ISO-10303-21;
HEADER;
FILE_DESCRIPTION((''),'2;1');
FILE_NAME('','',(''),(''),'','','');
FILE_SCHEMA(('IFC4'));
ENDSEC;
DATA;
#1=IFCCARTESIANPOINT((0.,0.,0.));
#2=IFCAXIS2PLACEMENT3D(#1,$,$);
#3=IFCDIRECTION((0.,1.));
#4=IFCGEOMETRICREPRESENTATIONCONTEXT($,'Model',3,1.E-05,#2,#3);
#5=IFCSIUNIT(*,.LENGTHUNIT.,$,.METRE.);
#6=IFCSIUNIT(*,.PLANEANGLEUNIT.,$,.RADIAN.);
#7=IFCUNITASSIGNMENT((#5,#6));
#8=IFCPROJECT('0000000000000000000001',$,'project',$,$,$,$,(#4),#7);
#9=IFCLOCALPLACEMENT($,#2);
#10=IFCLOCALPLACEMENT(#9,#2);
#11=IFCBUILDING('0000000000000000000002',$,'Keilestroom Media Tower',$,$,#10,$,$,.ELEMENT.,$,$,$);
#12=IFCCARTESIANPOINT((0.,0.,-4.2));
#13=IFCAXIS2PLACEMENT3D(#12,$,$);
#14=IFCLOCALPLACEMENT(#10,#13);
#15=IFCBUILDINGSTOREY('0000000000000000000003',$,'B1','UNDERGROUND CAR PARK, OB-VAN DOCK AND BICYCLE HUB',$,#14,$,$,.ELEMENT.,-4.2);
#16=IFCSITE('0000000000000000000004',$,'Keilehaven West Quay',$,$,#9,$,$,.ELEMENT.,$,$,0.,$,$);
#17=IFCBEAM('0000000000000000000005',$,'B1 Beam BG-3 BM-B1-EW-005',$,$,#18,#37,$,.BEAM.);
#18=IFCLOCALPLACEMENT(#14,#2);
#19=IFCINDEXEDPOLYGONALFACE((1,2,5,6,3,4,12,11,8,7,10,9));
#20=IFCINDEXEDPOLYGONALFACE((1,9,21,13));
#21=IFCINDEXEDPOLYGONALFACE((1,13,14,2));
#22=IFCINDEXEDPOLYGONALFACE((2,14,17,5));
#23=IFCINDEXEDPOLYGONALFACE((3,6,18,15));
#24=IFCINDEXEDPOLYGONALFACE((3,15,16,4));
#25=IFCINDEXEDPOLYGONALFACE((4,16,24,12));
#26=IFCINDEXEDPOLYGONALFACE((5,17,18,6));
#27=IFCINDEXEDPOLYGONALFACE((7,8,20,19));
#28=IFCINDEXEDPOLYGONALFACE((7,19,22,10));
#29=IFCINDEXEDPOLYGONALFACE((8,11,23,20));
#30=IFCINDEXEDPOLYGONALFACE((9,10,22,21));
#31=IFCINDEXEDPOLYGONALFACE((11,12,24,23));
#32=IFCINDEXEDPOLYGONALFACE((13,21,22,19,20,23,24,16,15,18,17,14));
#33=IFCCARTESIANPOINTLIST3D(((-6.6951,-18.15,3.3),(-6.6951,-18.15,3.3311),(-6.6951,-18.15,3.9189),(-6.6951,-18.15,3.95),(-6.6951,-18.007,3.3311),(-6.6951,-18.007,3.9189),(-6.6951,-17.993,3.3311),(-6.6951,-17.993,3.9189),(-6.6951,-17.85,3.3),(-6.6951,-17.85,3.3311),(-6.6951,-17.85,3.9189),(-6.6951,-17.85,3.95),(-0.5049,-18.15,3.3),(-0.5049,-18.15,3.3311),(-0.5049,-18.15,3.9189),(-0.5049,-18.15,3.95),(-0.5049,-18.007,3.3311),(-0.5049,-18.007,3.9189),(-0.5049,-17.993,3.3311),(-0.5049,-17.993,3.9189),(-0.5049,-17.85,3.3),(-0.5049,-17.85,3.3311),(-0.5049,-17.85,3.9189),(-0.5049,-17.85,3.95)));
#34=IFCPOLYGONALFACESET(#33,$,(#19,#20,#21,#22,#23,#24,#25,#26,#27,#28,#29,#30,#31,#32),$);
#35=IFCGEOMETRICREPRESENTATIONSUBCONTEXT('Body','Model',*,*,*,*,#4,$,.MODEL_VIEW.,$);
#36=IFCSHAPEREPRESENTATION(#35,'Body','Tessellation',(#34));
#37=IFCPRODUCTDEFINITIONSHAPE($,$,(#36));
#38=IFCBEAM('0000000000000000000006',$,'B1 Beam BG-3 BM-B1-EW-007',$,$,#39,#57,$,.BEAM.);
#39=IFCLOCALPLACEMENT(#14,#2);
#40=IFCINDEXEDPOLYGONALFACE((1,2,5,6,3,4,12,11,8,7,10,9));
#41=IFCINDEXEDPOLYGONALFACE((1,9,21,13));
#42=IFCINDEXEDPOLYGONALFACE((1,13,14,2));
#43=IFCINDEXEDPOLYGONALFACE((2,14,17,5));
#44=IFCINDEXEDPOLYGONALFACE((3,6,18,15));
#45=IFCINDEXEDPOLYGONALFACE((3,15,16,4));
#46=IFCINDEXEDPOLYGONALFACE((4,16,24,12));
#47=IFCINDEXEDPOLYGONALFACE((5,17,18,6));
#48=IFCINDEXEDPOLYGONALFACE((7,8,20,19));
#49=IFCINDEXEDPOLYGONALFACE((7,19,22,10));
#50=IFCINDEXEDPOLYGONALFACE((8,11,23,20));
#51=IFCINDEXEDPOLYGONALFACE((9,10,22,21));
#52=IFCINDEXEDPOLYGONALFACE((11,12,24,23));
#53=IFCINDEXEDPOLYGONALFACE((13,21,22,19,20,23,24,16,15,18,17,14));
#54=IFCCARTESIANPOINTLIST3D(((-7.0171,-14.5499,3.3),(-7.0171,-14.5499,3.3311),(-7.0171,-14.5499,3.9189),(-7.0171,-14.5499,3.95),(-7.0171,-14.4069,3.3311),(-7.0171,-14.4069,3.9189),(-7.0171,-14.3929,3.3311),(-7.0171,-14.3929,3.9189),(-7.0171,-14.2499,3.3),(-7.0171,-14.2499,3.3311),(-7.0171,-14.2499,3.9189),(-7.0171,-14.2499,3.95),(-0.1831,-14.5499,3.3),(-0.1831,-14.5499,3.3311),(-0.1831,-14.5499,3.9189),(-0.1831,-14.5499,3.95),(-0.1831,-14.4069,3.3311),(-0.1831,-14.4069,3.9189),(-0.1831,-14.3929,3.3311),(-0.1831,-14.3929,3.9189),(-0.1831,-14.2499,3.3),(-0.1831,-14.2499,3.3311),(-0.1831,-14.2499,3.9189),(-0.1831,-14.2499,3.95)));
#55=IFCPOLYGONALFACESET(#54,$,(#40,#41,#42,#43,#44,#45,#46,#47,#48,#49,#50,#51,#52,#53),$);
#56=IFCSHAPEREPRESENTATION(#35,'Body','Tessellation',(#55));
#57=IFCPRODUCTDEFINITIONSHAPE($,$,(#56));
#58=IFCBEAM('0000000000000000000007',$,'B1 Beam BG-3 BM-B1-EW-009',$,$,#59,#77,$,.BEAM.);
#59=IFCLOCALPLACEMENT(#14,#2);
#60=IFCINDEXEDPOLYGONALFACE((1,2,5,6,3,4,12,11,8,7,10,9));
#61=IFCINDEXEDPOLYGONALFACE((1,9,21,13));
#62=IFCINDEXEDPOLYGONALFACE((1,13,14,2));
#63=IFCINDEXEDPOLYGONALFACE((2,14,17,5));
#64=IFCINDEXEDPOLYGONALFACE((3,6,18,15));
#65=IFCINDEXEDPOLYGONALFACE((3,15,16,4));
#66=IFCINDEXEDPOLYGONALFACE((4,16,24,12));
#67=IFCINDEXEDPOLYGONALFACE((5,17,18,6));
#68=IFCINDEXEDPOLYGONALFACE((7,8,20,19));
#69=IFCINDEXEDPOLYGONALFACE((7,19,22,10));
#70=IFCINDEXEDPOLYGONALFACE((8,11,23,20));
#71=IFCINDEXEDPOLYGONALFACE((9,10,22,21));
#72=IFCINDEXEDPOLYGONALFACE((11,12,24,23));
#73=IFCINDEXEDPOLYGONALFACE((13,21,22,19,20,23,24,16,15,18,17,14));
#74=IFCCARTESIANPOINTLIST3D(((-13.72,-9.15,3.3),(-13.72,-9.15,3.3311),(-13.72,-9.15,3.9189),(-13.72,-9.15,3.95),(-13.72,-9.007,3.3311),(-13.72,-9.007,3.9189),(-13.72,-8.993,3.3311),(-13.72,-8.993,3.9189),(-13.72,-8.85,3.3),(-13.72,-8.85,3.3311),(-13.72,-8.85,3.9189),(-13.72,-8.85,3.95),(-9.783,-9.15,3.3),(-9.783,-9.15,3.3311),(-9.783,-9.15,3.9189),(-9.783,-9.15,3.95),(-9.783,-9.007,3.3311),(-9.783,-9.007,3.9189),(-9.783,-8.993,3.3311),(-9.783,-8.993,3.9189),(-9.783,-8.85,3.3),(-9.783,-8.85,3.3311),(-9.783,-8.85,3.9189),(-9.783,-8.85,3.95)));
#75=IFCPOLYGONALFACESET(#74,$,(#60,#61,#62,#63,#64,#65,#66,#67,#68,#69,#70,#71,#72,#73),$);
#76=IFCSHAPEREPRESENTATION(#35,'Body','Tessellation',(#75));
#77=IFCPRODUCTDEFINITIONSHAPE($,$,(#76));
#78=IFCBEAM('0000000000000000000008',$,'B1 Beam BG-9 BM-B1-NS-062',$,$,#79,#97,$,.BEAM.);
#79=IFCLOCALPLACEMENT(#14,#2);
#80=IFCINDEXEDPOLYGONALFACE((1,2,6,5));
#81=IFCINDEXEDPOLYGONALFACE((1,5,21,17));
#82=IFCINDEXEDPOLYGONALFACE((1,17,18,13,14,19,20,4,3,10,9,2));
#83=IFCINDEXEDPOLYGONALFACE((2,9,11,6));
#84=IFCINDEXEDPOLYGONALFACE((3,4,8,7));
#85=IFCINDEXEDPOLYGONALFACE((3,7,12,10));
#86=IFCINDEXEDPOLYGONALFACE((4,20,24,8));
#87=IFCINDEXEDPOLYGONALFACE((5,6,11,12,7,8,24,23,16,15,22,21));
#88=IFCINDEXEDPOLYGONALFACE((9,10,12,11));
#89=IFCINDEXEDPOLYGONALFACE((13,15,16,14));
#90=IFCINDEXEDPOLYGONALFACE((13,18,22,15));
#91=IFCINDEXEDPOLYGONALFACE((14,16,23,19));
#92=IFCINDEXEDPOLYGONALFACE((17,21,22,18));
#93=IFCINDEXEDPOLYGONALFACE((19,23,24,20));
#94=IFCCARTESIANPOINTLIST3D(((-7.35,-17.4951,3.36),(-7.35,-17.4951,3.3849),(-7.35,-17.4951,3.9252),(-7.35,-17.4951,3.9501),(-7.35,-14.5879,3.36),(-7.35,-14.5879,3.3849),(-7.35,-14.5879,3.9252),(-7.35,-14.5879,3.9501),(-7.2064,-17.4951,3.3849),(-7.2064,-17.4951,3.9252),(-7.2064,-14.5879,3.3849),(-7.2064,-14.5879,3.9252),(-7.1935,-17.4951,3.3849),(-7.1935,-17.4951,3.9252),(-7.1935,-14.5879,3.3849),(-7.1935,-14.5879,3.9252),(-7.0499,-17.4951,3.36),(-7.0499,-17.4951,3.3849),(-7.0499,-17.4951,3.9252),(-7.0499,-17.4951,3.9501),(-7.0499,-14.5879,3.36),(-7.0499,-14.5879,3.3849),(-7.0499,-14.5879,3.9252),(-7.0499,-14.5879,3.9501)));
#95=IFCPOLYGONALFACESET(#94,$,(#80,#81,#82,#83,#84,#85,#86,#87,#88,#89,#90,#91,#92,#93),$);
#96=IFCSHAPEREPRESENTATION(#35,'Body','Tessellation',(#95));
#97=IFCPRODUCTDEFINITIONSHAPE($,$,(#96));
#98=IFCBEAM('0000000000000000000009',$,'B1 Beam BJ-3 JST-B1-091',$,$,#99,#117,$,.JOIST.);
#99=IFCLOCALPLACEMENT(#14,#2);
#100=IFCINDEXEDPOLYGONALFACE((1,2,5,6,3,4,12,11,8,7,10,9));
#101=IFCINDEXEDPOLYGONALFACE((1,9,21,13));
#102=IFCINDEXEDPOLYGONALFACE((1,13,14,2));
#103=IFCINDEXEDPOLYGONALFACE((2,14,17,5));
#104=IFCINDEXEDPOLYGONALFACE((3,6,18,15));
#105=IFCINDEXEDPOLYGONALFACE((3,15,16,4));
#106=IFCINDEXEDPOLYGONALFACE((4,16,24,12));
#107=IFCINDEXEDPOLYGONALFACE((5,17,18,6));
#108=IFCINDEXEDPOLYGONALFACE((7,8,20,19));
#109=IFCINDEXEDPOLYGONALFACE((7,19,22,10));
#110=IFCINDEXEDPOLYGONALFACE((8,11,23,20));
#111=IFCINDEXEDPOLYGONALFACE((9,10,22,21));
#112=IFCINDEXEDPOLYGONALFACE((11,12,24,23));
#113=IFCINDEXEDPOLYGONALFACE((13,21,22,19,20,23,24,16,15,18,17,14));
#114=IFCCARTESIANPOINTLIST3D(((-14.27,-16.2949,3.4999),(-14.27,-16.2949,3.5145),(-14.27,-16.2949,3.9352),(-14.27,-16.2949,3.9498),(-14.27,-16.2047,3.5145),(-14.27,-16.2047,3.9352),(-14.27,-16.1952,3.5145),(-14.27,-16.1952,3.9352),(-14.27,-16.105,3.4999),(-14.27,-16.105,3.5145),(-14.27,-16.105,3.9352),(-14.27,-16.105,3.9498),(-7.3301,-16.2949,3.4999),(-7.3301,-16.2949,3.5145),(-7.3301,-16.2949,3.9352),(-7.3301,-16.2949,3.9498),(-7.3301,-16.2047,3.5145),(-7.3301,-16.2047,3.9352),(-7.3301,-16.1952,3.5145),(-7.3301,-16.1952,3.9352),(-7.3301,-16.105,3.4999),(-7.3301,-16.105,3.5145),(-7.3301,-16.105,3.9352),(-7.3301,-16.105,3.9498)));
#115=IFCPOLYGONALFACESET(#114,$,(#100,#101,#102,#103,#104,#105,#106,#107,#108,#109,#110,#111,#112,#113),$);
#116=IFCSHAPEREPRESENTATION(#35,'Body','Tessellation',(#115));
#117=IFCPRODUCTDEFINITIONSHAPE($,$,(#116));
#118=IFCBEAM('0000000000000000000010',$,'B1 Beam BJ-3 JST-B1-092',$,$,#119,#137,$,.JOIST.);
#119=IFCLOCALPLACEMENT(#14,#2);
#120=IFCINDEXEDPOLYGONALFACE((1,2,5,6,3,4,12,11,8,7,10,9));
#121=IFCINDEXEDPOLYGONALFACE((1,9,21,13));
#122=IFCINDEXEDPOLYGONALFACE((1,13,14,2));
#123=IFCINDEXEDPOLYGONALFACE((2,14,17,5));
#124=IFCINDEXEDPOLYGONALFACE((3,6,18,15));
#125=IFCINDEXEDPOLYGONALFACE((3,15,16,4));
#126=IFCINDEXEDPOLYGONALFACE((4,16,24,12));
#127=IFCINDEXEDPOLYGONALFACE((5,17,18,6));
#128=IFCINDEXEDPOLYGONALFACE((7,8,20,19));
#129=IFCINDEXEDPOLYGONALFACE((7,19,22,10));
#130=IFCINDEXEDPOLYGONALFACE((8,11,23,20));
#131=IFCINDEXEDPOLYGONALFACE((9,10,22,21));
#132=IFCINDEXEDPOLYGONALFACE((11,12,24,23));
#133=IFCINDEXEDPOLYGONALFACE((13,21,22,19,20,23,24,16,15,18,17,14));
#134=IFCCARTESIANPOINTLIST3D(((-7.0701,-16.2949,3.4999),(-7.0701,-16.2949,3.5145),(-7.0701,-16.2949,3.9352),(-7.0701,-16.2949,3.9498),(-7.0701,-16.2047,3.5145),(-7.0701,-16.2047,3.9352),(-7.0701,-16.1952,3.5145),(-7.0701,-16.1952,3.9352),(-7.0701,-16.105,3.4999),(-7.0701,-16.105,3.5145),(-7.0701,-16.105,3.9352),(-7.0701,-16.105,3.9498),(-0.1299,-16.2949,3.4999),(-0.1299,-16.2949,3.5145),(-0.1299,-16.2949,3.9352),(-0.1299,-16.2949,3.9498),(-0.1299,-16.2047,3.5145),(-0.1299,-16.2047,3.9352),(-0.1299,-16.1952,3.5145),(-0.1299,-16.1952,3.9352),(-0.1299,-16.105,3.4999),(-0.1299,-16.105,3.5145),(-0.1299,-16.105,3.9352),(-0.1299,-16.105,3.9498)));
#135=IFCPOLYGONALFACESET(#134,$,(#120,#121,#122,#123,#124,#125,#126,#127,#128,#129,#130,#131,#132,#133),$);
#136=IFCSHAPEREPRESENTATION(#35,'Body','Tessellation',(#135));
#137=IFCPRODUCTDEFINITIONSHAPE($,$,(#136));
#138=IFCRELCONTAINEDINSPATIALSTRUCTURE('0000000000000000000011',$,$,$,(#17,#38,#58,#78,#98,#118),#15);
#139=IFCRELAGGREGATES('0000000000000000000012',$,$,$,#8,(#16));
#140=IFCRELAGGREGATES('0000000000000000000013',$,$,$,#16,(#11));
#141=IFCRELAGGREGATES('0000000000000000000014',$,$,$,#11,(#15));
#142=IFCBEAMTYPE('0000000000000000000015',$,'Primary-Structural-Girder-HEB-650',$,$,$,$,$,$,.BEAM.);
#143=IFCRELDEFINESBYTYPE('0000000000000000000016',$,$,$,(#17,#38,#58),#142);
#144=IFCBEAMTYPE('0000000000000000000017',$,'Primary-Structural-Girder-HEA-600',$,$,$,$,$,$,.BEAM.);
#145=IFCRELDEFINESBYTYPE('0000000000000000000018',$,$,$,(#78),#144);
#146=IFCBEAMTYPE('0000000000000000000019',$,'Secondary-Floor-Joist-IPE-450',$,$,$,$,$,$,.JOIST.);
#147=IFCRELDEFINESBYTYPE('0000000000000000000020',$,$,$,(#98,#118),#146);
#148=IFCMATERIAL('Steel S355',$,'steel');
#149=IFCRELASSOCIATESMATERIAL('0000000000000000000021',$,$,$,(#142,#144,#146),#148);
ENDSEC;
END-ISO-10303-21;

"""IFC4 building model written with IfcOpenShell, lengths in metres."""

from ifc_helpers import new_model, si_unit, direction, frame, origin, origin_2d, place, context, subcontext, project, spatial, i_section, extrude, source, transform, mapped, material, material_profile, profile_set, type_object, element, save


model = new_model("IFC4")

# Units and contexts
model_context = context("Model", 3, precision=1e-05, world=origin(), true_north=direction((0.0, 1.0)))
body_context = subcontext(model_context, "Body", "Model", "MODEL_VIEW")
ifc_project = project(units=[si_unit("LENGTHUNIT", "METRE"), si_unit("PLANEANGLEUNIT", "RADIAN")], contexts=[model_context])

# Site, building, storey
site_placement = place(None, origin())
site = spatial("IfcSite", under=ifc_project, at=site_placement, Name="Keilehaven West Quay", CompositionType="ELEMENT", RefElevation=0.0)
building_placement = place(site_placement, origin())
building = spatial("IfcBuilding", under=site, at=building_placement, Name="Keilestroom Media Tower", CompositionType="ELEMENT")
storey_placement = place(building_placement, frame((0.0, 0.0, -4.2)))
storey = spatial("IfcBuildingStorey", under=building, at=storey_placement, Name="B1", Description="UNDERGROUND CAR PARK, OB-VAN DOCK AND BICYCLE HUB", CompositionType="ELEMENT", Elevation=-4.2)

# Beams
ifc_material_1 = material(Name="Steel S355", Category="steel")
ifc_material_profile_1 = material_profile(ifc_material_1, i_section(OverallWidth=0.3, OverallDepth=0.6499, WebThickness=0.0139, FlangeThickness=0.031, at=origin_2d()), Name="HEB 650")
ifc_profile_set_1 = profile_set([ifc_material_profile_1], Name="Steel S355")
beam_type_1 = type_object("IfcBeamType", Name="Primary-Structural-Girder-HEB-650", PredefinedType="BEAM", material=ifc_profile_set_1)
shared_shape_1 = source(origin(), body_context, "Body", "SweptSolid", [
    extrude(i_section(OverallWidth=0.3, OverallDepth=0.6499, WebThickness=0.0139, FlangeThickness=0.031, at=origin_2d()), origin(), (0.0, 0.0, 1.0), 6.1902),
])
beam_1_placement = place(storey_placement, frame((-6.6951, -18.0, 3.625), z_axis=(1.0, 0.0, 0.0), x_axis=(0.0, 1.0, 0.0)))
element("IfcBeam", 1, at=beam_1_placement, inside=storey, type_object=beam_type_1, Name="B1 Beam BG-3 BM-B1-EW-005", PredefinedType="BEAM", context=body_context, shape_type="MappedRepresentation", body=[
    mapped(shared_shape_1, transform((0.0, 0.0, 0.0), x_axis=(1.0, 0.0, 0.0), y_axis=(0.0, 1.0, 0.0), z_axis=(0.0, 0.0, 1.0), scale=1.0)),
])
shared_shape_2 = source(origin(), body_context, "Body", "SweptSolid", [
    extrude(i_section(OverallWidth=0.3, OverallDepth=0.6499, WebThickness=0.0139, FlangeThickness=0.031, at=origin_2d()), origin(), (0.0, 0.0, 1.0), 6.834),
])
beam_2_placement = place(storey_placement, frame((-7.0171, -14.3999, 3.625), z_axis=(1.0, 0.0, 0.0), x_axis=(0.0, 1.0, 0.0)))
element("IfcBeam", 2, at=beam_2_placement, inside=storey, type_object=beam_type_1, Name="B1 Beam BG-3 BM-B1-EW-007", PredefinedType="BEAM", context=body_context, shape_type="MappedRepresentation", body=[
    mapped(shared_shape_2, transform((0.0, 0.0, 0.0), x_axis=(1.0, 0.0, 0.0), y_axis=(0.0, 1.0, 0.0), z_axis=(0.0, 0.0, 1.0), scale=1.0)),
])
shared_shape_3 = source(origin(), body_context, "Body", "SweptSolid", [
    extrude(i_section(OverallWidth=0.3, OverallDepth=0.6499, WebThickness=0.0139, FlangeThickness=0.031, at=origin_2d()), origin(), (0.0, 0.0, 1.0), 3.937),
])
beam_3_placement = place(storey_placement, frame((-13.72, -9.0, 3.625), z_axis=(1.0, 0.0, 0.0), x_axis=(0.0, 1.0, 0.0)))
element("IfcBeam", 3, at=beam_3_placement, inside=storey, type_object=beam_type_1, Name="B1 Beam BG-3 BM-B1-EW-009", PredefinedType="BEAM", context=body_context, shape_type="MappedRepresentation", body=[
    mapped(shared_shape_3, transform((0.0, 0.0, 0.0), x_axis=(1.0, 0.0, 0.0), y_axis=(0.0, 1.0, 0.0), z_axis=(0.0, 0.0, 1.0), scale=1.0)),
])
ifc_material_profile_2 = material_profile(ifc_material_1, i_section(OverallWidth=0.3, OverallDepth=0.5901, WebThickness=0.0129, FlangeThickness=0.0249, at=origin_2d()), Name="HEA 600")
ifc_profile_set_2 = profile_set([ifc_material_profile_2], Name="Steel S355")
beam_type_2 = type_object("IfcBeamType", Name="Primary-Structural-Girder-HEA-600", PredefinedType="BEAM", material=ifc_profile_set_2)
shared_shape_4 = source(origin(), body_context, "Body", "SweptSolid", [
    extrude(i_section(OverallWidth=0.3, OverallDepth=0.5901, WebThickness=0.0129, FlangeThickness=0.0249, at=origin_2d()), origin(), (0.0, 0.0, 1.0), 2.9072),
])
beam_4_placement = place(storey_placement, frame((-7.2, -17.4951, 3.655), z_axis=(0.0, 1.0, 0.0), x_axis=(-1.0, 0.0, 0.0)))
element("IfcBeam", 4, at=beam_4_placement, inside=storey, type_object=beam_type_2, Name="B1 Beam BG-9 BM-B1-NS-062", PredefinedType="BEAM", context=body_context, shape_type="MappedRepresentation", body=[
    mapped(shared_shape_4, transform((0.0, 0.0, 0.0), x_axis=(1.0, 0.0, 0.0), y_axis=(0.0, 1.0, 0.0), z_axis=(0.0, 0.0, 1.0), scale=1.0)),
])
ifc_material_profile_3 = material_profile(ifc_material_1, i_section(OverallWidth=0.1899, OverallDepth=0.45, WebThickness=0.0095, FlangeThickness=0.0146, at=origin_2d()), Name="IPE 450")
ifc_profile_set_3 = profile_set([ifc_material_profile_3], Name="Steel S355")
beam_type_3 = type_object("IfcBeamType", Name="Secondary-Floor-Joist-IPE-450", PredefinedType="JOIST", material=ifc_profile_set_3)
shared_shape_5 = source(origin(), body_context, "Body", "SweptSolid", [
    extrude(i_section(OverallWidth=0.1899, OverallDepth=0.45, WebThickness=0.0095, FlangeThickness=0.0146, at=origin_2d()), origin(), (0.0, 0.0, 1.0), 6.9399),
])
beam_5_placement = place(storey_placement, frame((-14.27, -16.2, 3.7249), z_axis=(1.0, 0.0, 0.0), x_axis=(0.0, 1.0, 0.0)))
element("IfcBeam", 5, at=beam_5_placement, inside=storey, type_object=beam_type_3, Name="B1 Beam BJ-3 JST-B1-091", PredefinedType="JOIST", context=body_context, shape_type="MappedRepresentation", body=[
    mapped(shared_shape_5, transform((0.0, 0.0, 0.0), x_axis=(1.0, 0.0, 0.0), y_axis=(0.0, 1.0, 0.0), z_axis=(0.0, 0.0, 1.0), scale=1.0)),
])
shared_shape_6 = source(origin(), body_context, "Body", "SweptSolid", [
    extrude(i_section(OverallWidth=0.1899, OverallDepth=0.45, WebThickness=0.0095, FlangeThickness=0.0146, at=origin_2d()), origin(), (0.0, 0.0, 1.0), 6.9402),
])
beam_6_placement = place(storey_placement, frame((-7.0701, -16.2, 3.7249), z_axis=(1.0, 0.0, 0.0), x_axis=(0.0, 1.0, 0.0)))
element("IfcBeam", 6, at=beam_6_placement, inside=storey, type_object=beam_type_3, Name="B1 Beam BJ-3 JST-B1-092", PredefinedType="JOIST", context=body_context, shape_type="MappedRepresentation", body=[
    mapped(shared_shape_6, transform((0.0, 0.0, 0.0), x_axis=(1.0, 0.0, 0.0), y_axis=(0.0, 1.0, 0.0), z_axis=(0.0, 0.0, 1.0), scale=1.0)),
])

save(model, "model.ifc")
